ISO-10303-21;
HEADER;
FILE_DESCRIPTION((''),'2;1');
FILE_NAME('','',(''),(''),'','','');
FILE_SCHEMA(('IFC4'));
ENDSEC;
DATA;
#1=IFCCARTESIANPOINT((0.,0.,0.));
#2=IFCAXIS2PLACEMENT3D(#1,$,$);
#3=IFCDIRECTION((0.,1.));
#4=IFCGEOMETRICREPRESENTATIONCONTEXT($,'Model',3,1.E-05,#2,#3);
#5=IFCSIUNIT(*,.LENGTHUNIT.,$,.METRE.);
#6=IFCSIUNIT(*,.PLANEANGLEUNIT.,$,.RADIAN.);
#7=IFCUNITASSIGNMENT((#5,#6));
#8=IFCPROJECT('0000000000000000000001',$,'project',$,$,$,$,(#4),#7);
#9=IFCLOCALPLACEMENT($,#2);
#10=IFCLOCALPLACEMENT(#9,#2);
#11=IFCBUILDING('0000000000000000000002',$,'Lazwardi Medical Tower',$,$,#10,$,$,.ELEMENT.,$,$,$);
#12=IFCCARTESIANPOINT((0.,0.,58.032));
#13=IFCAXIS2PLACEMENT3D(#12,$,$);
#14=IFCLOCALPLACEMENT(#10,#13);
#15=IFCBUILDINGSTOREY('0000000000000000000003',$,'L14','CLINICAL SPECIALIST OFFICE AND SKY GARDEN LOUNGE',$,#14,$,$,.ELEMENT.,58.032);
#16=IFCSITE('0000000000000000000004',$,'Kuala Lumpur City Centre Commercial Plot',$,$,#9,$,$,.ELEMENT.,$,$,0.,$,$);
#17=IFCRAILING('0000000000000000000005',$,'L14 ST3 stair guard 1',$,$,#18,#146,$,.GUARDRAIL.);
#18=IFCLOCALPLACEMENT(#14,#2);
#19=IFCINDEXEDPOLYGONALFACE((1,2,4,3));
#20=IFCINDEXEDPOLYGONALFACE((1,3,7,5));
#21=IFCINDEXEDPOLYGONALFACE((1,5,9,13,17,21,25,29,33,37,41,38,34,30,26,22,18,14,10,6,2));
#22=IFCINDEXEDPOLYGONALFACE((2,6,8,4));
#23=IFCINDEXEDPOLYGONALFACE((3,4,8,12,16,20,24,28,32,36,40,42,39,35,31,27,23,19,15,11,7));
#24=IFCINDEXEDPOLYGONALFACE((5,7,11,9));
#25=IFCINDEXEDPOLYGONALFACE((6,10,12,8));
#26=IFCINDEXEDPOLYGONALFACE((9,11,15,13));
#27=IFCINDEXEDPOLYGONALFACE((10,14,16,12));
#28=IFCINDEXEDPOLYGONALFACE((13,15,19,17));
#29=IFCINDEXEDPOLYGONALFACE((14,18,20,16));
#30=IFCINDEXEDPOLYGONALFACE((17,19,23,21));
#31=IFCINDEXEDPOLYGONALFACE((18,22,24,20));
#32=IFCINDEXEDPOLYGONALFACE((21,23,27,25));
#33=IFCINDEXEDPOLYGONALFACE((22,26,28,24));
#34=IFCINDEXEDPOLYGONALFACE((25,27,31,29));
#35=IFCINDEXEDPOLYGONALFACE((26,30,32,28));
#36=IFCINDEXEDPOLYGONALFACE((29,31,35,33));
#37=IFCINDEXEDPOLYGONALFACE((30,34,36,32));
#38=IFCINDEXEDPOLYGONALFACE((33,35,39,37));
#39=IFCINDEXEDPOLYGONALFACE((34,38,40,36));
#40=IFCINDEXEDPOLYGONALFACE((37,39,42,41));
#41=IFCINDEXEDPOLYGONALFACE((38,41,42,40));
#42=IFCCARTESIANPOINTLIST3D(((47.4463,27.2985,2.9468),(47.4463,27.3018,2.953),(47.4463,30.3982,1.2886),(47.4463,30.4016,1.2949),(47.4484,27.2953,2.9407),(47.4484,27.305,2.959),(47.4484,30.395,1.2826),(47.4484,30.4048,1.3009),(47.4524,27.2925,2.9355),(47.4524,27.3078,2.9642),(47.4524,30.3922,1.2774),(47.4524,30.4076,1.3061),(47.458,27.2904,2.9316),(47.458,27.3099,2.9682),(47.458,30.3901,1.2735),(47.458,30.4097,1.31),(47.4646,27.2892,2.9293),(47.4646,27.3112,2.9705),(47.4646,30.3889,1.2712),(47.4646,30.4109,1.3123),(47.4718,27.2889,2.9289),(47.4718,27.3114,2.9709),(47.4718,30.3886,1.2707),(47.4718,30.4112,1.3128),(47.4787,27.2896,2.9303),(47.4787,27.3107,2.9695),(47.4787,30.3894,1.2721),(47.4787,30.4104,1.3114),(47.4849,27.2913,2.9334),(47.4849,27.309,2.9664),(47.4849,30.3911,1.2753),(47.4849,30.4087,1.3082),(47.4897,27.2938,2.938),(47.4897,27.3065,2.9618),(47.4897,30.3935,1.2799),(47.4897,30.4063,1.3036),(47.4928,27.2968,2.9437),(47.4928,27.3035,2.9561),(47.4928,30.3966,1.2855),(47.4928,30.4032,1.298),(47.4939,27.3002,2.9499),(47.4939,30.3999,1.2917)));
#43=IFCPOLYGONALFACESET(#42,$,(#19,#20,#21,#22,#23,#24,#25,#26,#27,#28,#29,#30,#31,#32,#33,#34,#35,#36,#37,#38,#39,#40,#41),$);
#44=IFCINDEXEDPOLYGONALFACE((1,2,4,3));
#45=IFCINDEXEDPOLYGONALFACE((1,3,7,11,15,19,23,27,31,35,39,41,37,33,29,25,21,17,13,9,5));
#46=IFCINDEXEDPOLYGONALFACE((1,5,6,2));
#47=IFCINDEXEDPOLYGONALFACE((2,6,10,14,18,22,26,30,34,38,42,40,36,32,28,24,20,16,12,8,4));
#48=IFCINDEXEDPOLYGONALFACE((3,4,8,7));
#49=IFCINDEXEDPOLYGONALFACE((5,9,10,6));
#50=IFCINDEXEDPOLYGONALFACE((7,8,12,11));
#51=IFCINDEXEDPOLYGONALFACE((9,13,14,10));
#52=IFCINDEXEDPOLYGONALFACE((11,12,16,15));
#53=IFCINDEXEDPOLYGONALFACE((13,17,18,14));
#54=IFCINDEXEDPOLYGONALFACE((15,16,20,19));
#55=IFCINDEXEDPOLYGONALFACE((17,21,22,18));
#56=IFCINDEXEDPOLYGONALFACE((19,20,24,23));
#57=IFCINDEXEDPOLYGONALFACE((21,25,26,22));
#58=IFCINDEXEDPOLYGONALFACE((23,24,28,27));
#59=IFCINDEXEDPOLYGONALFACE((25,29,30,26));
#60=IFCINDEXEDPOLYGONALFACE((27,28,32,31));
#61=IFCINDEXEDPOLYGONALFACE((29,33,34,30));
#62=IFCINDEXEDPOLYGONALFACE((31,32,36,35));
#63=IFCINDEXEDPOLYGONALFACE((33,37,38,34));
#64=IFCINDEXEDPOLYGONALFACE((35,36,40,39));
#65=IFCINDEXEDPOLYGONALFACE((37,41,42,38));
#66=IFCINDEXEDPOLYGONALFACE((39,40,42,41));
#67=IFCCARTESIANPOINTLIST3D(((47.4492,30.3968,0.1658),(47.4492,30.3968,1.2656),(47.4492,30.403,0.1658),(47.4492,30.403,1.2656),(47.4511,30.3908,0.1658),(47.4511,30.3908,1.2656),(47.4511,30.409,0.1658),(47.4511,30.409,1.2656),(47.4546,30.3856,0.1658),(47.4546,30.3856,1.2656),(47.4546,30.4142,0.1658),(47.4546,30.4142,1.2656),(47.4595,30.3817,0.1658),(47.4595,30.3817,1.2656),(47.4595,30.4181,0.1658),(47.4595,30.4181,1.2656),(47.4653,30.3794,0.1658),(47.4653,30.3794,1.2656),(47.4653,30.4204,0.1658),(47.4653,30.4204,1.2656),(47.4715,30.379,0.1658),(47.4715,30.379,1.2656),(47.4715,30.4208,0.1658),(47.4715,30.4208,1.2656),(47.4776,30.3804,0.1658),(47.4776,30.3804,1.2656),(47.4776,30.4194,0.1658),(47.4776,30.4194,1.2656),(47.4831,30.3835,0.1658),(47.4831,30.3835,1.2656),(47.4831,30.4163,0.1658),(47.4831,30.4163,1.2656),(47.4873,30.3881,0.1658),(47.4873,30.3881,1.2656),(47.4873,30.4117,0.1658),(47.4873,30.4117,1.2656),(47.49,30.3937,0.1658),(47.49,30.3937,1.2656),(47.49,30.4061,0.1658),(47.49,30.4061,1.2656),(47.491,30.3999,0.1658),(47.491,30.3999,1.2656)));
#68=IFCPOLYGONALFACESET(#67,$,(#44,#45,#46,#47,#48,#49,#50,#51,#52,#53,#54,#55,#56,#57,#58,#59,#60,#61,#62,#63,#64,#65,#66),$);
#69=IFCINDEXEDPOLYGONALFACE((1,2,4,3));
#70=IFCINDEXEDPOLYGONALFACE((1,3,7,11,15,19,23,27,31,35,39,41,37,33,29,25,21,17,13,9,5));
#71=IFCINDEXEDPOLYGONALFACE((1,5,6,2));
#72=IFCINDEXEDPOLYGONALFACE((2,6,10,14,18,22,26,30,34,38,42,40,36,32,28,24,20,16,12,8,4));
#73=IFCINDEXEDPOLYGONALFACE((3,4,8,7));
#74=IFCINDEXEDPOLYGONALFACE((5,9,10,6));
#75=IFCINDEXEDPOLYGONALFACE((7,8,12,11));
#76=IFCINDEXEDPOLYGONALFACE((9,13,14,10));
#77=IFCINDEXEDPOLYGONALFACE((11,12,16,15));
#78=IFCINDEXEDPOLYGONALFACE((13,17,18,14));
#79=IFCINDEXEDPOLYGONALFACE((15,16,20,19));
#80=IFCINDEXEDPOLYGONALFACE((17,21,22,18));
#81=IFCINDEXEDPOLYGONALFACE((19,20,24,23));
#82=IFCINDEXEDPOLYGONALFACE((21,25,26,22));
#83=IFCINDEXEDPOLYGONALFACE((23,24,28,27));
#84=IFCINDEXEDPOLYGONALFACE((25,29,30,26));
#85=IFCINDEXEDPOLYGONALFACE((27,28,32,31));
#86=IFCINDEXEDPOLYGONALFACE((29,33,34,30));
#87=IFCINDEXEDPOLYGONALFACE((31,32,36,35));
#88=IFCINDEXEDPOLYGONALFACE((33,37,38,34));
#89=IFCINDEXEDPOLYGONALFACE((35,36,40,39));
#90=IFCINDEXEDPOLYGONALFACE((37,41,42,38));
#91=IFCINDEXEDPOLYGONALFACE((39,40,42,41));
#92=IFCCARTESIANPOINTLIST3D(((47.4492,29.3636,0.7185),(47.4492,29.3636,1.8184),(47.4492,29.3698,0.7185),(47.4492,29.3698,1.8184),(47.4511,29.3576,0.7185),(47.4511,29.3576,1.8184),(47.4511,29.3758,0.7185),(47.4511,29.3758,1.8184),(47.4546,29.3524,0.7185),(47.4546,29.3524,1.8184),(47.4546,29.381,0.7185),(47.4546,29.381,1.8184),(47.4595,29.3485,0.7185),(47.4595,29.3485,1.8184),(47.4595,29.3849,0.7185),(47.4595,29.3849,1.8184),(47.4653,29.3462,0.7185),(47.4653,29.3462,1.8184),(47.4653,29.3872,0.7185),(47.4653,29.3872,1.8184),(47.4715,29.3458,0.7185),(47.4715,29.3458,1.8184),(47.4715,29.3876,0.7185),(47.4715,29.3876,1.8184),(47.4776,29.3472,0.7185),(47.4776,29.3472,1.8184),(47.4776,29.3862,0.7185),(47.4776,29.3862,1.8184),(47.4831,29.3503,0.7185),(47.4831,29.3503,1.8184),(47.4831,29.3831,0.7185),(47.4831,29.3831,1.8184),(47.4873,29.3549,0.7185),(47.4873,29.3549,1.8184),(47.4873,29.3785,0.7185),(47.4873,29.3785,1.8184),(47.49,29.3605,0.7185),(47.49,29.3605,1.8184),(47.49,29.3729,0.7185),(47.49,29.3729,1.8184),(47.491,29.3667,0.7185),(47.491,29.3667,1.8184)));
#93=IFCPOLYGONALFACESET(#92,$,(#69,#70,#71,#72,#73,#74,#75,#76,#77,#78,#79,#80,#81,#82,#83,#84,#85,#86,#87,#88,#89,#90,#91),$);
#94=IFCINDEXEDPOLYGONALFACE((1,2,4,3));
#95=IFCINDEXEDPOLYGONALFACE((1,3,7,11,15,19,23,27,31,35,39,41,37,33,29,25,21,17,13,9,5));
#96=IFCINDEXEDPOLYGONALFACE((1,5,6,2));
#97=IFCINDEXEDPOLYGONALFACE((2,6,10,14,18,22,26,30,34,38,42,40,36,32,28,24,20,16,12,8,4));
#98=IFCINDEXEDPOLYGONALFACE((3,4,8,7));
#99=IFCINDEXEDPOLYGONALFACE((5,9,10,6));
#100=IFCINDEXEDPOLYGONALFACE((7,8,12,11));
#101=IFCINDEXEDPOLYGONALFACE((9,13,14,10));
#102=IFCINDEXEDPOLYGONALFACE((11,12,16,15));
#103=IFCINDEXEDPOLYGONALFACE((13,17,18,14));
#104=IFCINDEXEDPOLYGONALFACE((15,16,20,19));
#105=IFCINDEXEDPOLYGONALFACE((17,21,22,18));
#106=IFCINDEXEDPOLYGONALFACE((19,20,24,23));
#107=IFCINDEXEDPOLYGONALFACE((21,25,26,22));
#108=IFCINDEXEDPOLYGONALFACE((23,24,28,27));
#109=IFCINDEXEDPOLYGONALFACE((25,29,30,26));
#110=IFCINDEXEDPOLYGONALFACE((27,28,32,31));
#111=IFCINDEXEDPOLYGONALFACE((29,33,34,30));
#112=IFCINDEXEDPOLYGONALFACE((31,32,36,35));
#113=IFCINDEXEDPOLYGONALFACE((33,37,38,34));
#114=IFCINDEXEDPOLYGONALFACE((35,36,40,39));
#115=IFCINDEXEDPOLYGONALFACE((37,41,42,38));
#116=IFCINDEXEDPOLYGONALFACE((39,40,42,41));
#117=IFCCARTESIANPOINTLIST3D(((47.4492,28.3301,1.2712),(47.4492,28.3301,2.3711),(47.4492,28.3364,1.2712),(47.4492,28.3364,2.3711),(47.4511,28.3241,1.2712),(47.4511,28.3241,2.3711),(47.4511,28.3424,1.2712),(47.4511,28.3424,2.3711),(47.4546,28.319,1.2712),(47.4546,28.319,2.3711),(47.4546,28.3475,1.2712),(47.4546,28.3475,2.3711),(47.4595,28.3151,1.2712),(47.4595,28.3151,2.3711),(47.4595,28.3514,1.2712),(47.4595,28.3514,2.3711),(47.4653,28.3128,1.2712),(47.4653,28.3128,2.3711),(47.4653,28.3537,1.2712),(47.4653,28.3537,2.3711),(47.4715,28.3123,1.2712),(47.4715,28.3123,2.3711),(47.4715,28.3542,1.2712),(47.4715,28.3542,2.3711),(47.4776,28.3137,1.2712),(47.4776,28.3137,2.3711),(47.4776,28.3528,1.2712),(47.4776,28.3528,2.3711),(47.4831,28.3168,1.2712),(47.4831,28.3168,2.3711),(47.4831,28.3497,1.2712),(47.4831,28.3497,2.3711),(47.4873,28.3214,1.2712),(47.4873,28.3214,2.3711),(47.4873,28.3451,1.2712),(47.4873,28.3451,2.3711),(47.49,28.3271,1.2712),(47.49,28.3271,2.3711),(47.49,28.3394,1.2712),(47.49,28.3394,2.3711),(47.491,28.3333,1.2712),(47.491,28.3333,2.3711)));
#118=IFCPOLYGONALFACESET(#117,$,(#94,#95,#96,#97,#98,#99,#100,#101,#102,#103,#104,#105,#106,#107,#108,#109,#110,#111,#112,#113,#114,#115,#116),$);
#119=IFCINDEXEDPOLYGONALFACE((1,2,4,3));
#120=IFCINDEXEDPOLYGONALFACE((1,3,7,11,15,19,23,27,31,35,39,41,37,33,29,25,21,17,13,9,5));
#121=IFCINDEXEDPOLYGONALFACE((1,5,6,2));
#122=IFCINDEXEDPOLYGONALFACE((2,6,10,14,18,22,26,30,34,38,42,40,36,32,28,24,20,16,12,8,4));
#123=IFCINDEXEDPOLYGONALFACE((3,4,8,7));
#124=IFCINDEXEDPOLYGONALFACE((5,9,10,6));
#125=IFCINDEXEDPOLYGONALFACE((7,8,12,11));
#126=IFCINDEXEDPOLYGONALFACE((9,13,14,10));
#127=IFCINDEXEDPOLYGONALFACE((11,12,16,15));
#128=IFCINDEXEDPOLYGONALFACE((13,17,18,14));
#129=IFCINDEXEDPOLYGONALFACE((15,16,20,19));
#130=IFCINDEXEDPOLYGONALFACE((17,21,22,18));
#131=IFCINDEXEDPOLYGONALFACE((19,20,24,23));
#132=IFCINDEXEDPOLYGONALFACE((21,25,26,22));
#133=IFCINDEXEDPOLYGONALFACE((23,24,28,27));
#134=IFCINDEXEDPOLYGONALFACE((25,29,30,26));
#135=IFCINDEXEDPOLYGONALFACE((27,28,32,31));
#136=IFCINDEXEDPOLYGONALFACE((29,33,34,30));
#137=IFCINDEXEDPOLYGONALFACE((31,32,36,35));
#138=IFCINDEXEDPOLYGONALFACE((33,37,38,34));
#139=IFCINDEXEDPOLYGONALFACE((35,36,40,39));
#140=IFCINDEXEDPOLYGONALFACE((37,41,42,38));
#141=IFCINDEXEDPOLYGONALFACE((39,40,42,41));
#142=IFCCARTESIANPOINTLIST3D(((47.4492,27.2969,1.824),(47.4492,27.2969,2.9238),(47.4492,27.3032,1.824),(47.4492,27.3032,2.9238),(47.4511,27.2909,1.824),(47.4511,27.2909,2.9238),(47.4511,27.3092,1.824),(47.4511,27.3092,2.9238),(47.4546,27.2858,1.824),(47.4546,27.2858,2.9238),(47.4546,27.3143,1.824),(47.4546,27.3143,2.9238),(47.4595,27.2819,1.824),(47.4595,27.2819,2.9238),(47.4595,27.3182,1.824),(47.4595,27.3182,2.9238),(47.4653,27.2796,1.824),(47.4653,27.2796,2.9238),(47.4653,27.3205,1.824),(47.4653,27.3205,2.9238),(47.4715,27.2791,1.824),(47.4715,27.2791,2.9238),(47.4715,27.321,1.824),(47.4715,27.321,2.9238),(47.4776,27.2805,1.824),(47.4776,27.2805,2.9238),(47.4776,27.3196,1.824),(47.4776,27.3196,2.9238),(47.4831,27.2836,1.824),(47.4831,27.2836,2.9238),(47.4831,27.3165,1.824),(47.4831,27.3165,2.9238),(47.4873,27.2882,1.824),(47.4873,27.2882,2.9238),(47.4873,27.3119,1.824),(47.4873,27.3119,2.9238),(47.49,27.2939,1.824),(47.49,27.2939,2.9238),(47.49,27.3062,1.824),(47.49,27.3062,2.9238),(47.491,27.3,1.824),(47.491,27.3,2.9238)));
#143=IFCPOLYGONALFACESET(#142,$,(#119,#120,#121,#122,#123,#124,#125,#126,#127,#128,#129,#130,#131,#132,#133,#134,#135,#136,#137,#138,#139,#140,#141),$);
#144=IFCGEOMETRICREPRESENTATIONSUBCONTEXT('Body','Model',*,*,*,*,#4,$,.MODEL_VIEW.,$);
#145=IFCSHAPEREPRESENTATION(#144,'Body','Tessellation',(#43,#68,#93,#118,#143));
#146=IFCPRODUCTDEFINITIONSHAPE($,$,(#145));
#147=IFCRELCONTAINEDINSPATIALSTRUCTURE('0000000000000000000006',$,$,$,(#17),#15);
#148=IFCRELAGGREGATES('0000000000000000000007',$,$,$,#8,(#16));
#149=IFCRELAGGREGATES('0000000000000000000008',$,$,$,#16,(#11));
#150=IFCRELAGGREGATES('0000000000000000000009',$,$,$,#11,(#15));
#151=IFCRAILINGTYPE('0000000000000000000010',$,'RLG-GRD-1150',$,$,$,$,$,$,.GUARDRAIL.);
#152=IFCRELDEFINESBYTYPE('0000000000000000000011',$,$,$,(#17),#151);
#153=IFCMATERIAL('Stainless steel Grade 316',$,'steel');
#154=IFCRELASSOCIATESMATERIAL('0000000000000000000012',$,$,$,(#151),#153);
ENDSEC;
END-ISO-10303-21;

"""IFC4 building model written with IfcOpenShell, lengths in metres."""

from ifc_helpers import new_model, si_unit, direction, frame, origin, origin_2d, place, context, subcontext, project, spatial, circle, extrude, material, type_object, element, save


model = new_model("IFC4")

# Units and contexts
model_context = context("Model", 3, precision=1e-05, world=origin(), true_north=direction((0.0, 1.0)))
body_context = subcontext(model_context, "Body", "Model", "MODEL_VIEW")
ifc_project = project(units=[si_unit("LENGTHUNIT", "METRE"), si_unit("PLANEANGLEUNIT", "RADIAN")], contexts=[model_context])

# Site, building, storey
site_placement = place(None, origin())
site = spatial("IfcSite", under=ifc_project, at=site_placement, Name="Kuala Lumpur City Centre Commercial Plot", CompositionType="ELEMENT", RefElevation=0.0)
building_placement = place(site_placement, origin())
building = spatial("IfcBuilding", under=site, at=building_placement, Name="Lazwardi Medical Tower", CompositionType="ELEMENT")
storey_placement = place(building_placement, frame((0.0, 0.0, 58.032)))
storey = spatial("IfcBuildingStorey", under=building, at=storey_placement, Name="L14", Description="CLINICAL SPECIALIST OFFICE AND SKY GARDEN LOUNGE", CompositionType="ELEMENT", Elevation=58.032)

# Railing
ifc_material_1 = material(Name="Stainless steel Grade 316", Category="steel")
railing_type_1 = type_object("IfcRailingType", Name="RLG-GRD-1150", PredefinedType="GUARDRAIL", material=ifc_material_1)
railing_1_placement = place(storey_placement, frame((47.47, 30.3999, 0.1658)))
element("IfcRailing", 1, at=railing_1_placement, inside=storey, type_object=railing_type_1, Name="L14 ST3 stair guard 1", PredefinedType="GUARDRAIL", context=body_context, shape_type="SweptSolid", body=[
    extrude(circle(Radius=0.0239, at=origin_2d()), frame((0.0, 0.0, 1.126), z_axis=(0.0, -0.881768, 0.471684), x_axis=(1.0, 0.0, 0.0)), (0.0, 0.0, 1.0), 3.5154),
    extrude(circle(Radius=0.021, at=origin_2d()), origin(), (0.0, 0.0, 1.0), 1.0999),
    extrude(circle(Radius=0.021, at=origin_2d()), frame((0.0, -1.0332, 0.5527)), (0.0, 0.0, 1.0), 1.0999),
    extrude(circle(Radius=0.021, at=origin_2d()), frame((0.0, -2.0667, 1.1055)), (0.0, 0.0, 1.0), 1.0999),
    extrude(circle(Radius=0.021, at=origin_2d()), frame((0.0, -3.0999, 1.6582)), (0.0, 0.0, 1.0), 1.0999),
])

save(model, "model.ifc")
